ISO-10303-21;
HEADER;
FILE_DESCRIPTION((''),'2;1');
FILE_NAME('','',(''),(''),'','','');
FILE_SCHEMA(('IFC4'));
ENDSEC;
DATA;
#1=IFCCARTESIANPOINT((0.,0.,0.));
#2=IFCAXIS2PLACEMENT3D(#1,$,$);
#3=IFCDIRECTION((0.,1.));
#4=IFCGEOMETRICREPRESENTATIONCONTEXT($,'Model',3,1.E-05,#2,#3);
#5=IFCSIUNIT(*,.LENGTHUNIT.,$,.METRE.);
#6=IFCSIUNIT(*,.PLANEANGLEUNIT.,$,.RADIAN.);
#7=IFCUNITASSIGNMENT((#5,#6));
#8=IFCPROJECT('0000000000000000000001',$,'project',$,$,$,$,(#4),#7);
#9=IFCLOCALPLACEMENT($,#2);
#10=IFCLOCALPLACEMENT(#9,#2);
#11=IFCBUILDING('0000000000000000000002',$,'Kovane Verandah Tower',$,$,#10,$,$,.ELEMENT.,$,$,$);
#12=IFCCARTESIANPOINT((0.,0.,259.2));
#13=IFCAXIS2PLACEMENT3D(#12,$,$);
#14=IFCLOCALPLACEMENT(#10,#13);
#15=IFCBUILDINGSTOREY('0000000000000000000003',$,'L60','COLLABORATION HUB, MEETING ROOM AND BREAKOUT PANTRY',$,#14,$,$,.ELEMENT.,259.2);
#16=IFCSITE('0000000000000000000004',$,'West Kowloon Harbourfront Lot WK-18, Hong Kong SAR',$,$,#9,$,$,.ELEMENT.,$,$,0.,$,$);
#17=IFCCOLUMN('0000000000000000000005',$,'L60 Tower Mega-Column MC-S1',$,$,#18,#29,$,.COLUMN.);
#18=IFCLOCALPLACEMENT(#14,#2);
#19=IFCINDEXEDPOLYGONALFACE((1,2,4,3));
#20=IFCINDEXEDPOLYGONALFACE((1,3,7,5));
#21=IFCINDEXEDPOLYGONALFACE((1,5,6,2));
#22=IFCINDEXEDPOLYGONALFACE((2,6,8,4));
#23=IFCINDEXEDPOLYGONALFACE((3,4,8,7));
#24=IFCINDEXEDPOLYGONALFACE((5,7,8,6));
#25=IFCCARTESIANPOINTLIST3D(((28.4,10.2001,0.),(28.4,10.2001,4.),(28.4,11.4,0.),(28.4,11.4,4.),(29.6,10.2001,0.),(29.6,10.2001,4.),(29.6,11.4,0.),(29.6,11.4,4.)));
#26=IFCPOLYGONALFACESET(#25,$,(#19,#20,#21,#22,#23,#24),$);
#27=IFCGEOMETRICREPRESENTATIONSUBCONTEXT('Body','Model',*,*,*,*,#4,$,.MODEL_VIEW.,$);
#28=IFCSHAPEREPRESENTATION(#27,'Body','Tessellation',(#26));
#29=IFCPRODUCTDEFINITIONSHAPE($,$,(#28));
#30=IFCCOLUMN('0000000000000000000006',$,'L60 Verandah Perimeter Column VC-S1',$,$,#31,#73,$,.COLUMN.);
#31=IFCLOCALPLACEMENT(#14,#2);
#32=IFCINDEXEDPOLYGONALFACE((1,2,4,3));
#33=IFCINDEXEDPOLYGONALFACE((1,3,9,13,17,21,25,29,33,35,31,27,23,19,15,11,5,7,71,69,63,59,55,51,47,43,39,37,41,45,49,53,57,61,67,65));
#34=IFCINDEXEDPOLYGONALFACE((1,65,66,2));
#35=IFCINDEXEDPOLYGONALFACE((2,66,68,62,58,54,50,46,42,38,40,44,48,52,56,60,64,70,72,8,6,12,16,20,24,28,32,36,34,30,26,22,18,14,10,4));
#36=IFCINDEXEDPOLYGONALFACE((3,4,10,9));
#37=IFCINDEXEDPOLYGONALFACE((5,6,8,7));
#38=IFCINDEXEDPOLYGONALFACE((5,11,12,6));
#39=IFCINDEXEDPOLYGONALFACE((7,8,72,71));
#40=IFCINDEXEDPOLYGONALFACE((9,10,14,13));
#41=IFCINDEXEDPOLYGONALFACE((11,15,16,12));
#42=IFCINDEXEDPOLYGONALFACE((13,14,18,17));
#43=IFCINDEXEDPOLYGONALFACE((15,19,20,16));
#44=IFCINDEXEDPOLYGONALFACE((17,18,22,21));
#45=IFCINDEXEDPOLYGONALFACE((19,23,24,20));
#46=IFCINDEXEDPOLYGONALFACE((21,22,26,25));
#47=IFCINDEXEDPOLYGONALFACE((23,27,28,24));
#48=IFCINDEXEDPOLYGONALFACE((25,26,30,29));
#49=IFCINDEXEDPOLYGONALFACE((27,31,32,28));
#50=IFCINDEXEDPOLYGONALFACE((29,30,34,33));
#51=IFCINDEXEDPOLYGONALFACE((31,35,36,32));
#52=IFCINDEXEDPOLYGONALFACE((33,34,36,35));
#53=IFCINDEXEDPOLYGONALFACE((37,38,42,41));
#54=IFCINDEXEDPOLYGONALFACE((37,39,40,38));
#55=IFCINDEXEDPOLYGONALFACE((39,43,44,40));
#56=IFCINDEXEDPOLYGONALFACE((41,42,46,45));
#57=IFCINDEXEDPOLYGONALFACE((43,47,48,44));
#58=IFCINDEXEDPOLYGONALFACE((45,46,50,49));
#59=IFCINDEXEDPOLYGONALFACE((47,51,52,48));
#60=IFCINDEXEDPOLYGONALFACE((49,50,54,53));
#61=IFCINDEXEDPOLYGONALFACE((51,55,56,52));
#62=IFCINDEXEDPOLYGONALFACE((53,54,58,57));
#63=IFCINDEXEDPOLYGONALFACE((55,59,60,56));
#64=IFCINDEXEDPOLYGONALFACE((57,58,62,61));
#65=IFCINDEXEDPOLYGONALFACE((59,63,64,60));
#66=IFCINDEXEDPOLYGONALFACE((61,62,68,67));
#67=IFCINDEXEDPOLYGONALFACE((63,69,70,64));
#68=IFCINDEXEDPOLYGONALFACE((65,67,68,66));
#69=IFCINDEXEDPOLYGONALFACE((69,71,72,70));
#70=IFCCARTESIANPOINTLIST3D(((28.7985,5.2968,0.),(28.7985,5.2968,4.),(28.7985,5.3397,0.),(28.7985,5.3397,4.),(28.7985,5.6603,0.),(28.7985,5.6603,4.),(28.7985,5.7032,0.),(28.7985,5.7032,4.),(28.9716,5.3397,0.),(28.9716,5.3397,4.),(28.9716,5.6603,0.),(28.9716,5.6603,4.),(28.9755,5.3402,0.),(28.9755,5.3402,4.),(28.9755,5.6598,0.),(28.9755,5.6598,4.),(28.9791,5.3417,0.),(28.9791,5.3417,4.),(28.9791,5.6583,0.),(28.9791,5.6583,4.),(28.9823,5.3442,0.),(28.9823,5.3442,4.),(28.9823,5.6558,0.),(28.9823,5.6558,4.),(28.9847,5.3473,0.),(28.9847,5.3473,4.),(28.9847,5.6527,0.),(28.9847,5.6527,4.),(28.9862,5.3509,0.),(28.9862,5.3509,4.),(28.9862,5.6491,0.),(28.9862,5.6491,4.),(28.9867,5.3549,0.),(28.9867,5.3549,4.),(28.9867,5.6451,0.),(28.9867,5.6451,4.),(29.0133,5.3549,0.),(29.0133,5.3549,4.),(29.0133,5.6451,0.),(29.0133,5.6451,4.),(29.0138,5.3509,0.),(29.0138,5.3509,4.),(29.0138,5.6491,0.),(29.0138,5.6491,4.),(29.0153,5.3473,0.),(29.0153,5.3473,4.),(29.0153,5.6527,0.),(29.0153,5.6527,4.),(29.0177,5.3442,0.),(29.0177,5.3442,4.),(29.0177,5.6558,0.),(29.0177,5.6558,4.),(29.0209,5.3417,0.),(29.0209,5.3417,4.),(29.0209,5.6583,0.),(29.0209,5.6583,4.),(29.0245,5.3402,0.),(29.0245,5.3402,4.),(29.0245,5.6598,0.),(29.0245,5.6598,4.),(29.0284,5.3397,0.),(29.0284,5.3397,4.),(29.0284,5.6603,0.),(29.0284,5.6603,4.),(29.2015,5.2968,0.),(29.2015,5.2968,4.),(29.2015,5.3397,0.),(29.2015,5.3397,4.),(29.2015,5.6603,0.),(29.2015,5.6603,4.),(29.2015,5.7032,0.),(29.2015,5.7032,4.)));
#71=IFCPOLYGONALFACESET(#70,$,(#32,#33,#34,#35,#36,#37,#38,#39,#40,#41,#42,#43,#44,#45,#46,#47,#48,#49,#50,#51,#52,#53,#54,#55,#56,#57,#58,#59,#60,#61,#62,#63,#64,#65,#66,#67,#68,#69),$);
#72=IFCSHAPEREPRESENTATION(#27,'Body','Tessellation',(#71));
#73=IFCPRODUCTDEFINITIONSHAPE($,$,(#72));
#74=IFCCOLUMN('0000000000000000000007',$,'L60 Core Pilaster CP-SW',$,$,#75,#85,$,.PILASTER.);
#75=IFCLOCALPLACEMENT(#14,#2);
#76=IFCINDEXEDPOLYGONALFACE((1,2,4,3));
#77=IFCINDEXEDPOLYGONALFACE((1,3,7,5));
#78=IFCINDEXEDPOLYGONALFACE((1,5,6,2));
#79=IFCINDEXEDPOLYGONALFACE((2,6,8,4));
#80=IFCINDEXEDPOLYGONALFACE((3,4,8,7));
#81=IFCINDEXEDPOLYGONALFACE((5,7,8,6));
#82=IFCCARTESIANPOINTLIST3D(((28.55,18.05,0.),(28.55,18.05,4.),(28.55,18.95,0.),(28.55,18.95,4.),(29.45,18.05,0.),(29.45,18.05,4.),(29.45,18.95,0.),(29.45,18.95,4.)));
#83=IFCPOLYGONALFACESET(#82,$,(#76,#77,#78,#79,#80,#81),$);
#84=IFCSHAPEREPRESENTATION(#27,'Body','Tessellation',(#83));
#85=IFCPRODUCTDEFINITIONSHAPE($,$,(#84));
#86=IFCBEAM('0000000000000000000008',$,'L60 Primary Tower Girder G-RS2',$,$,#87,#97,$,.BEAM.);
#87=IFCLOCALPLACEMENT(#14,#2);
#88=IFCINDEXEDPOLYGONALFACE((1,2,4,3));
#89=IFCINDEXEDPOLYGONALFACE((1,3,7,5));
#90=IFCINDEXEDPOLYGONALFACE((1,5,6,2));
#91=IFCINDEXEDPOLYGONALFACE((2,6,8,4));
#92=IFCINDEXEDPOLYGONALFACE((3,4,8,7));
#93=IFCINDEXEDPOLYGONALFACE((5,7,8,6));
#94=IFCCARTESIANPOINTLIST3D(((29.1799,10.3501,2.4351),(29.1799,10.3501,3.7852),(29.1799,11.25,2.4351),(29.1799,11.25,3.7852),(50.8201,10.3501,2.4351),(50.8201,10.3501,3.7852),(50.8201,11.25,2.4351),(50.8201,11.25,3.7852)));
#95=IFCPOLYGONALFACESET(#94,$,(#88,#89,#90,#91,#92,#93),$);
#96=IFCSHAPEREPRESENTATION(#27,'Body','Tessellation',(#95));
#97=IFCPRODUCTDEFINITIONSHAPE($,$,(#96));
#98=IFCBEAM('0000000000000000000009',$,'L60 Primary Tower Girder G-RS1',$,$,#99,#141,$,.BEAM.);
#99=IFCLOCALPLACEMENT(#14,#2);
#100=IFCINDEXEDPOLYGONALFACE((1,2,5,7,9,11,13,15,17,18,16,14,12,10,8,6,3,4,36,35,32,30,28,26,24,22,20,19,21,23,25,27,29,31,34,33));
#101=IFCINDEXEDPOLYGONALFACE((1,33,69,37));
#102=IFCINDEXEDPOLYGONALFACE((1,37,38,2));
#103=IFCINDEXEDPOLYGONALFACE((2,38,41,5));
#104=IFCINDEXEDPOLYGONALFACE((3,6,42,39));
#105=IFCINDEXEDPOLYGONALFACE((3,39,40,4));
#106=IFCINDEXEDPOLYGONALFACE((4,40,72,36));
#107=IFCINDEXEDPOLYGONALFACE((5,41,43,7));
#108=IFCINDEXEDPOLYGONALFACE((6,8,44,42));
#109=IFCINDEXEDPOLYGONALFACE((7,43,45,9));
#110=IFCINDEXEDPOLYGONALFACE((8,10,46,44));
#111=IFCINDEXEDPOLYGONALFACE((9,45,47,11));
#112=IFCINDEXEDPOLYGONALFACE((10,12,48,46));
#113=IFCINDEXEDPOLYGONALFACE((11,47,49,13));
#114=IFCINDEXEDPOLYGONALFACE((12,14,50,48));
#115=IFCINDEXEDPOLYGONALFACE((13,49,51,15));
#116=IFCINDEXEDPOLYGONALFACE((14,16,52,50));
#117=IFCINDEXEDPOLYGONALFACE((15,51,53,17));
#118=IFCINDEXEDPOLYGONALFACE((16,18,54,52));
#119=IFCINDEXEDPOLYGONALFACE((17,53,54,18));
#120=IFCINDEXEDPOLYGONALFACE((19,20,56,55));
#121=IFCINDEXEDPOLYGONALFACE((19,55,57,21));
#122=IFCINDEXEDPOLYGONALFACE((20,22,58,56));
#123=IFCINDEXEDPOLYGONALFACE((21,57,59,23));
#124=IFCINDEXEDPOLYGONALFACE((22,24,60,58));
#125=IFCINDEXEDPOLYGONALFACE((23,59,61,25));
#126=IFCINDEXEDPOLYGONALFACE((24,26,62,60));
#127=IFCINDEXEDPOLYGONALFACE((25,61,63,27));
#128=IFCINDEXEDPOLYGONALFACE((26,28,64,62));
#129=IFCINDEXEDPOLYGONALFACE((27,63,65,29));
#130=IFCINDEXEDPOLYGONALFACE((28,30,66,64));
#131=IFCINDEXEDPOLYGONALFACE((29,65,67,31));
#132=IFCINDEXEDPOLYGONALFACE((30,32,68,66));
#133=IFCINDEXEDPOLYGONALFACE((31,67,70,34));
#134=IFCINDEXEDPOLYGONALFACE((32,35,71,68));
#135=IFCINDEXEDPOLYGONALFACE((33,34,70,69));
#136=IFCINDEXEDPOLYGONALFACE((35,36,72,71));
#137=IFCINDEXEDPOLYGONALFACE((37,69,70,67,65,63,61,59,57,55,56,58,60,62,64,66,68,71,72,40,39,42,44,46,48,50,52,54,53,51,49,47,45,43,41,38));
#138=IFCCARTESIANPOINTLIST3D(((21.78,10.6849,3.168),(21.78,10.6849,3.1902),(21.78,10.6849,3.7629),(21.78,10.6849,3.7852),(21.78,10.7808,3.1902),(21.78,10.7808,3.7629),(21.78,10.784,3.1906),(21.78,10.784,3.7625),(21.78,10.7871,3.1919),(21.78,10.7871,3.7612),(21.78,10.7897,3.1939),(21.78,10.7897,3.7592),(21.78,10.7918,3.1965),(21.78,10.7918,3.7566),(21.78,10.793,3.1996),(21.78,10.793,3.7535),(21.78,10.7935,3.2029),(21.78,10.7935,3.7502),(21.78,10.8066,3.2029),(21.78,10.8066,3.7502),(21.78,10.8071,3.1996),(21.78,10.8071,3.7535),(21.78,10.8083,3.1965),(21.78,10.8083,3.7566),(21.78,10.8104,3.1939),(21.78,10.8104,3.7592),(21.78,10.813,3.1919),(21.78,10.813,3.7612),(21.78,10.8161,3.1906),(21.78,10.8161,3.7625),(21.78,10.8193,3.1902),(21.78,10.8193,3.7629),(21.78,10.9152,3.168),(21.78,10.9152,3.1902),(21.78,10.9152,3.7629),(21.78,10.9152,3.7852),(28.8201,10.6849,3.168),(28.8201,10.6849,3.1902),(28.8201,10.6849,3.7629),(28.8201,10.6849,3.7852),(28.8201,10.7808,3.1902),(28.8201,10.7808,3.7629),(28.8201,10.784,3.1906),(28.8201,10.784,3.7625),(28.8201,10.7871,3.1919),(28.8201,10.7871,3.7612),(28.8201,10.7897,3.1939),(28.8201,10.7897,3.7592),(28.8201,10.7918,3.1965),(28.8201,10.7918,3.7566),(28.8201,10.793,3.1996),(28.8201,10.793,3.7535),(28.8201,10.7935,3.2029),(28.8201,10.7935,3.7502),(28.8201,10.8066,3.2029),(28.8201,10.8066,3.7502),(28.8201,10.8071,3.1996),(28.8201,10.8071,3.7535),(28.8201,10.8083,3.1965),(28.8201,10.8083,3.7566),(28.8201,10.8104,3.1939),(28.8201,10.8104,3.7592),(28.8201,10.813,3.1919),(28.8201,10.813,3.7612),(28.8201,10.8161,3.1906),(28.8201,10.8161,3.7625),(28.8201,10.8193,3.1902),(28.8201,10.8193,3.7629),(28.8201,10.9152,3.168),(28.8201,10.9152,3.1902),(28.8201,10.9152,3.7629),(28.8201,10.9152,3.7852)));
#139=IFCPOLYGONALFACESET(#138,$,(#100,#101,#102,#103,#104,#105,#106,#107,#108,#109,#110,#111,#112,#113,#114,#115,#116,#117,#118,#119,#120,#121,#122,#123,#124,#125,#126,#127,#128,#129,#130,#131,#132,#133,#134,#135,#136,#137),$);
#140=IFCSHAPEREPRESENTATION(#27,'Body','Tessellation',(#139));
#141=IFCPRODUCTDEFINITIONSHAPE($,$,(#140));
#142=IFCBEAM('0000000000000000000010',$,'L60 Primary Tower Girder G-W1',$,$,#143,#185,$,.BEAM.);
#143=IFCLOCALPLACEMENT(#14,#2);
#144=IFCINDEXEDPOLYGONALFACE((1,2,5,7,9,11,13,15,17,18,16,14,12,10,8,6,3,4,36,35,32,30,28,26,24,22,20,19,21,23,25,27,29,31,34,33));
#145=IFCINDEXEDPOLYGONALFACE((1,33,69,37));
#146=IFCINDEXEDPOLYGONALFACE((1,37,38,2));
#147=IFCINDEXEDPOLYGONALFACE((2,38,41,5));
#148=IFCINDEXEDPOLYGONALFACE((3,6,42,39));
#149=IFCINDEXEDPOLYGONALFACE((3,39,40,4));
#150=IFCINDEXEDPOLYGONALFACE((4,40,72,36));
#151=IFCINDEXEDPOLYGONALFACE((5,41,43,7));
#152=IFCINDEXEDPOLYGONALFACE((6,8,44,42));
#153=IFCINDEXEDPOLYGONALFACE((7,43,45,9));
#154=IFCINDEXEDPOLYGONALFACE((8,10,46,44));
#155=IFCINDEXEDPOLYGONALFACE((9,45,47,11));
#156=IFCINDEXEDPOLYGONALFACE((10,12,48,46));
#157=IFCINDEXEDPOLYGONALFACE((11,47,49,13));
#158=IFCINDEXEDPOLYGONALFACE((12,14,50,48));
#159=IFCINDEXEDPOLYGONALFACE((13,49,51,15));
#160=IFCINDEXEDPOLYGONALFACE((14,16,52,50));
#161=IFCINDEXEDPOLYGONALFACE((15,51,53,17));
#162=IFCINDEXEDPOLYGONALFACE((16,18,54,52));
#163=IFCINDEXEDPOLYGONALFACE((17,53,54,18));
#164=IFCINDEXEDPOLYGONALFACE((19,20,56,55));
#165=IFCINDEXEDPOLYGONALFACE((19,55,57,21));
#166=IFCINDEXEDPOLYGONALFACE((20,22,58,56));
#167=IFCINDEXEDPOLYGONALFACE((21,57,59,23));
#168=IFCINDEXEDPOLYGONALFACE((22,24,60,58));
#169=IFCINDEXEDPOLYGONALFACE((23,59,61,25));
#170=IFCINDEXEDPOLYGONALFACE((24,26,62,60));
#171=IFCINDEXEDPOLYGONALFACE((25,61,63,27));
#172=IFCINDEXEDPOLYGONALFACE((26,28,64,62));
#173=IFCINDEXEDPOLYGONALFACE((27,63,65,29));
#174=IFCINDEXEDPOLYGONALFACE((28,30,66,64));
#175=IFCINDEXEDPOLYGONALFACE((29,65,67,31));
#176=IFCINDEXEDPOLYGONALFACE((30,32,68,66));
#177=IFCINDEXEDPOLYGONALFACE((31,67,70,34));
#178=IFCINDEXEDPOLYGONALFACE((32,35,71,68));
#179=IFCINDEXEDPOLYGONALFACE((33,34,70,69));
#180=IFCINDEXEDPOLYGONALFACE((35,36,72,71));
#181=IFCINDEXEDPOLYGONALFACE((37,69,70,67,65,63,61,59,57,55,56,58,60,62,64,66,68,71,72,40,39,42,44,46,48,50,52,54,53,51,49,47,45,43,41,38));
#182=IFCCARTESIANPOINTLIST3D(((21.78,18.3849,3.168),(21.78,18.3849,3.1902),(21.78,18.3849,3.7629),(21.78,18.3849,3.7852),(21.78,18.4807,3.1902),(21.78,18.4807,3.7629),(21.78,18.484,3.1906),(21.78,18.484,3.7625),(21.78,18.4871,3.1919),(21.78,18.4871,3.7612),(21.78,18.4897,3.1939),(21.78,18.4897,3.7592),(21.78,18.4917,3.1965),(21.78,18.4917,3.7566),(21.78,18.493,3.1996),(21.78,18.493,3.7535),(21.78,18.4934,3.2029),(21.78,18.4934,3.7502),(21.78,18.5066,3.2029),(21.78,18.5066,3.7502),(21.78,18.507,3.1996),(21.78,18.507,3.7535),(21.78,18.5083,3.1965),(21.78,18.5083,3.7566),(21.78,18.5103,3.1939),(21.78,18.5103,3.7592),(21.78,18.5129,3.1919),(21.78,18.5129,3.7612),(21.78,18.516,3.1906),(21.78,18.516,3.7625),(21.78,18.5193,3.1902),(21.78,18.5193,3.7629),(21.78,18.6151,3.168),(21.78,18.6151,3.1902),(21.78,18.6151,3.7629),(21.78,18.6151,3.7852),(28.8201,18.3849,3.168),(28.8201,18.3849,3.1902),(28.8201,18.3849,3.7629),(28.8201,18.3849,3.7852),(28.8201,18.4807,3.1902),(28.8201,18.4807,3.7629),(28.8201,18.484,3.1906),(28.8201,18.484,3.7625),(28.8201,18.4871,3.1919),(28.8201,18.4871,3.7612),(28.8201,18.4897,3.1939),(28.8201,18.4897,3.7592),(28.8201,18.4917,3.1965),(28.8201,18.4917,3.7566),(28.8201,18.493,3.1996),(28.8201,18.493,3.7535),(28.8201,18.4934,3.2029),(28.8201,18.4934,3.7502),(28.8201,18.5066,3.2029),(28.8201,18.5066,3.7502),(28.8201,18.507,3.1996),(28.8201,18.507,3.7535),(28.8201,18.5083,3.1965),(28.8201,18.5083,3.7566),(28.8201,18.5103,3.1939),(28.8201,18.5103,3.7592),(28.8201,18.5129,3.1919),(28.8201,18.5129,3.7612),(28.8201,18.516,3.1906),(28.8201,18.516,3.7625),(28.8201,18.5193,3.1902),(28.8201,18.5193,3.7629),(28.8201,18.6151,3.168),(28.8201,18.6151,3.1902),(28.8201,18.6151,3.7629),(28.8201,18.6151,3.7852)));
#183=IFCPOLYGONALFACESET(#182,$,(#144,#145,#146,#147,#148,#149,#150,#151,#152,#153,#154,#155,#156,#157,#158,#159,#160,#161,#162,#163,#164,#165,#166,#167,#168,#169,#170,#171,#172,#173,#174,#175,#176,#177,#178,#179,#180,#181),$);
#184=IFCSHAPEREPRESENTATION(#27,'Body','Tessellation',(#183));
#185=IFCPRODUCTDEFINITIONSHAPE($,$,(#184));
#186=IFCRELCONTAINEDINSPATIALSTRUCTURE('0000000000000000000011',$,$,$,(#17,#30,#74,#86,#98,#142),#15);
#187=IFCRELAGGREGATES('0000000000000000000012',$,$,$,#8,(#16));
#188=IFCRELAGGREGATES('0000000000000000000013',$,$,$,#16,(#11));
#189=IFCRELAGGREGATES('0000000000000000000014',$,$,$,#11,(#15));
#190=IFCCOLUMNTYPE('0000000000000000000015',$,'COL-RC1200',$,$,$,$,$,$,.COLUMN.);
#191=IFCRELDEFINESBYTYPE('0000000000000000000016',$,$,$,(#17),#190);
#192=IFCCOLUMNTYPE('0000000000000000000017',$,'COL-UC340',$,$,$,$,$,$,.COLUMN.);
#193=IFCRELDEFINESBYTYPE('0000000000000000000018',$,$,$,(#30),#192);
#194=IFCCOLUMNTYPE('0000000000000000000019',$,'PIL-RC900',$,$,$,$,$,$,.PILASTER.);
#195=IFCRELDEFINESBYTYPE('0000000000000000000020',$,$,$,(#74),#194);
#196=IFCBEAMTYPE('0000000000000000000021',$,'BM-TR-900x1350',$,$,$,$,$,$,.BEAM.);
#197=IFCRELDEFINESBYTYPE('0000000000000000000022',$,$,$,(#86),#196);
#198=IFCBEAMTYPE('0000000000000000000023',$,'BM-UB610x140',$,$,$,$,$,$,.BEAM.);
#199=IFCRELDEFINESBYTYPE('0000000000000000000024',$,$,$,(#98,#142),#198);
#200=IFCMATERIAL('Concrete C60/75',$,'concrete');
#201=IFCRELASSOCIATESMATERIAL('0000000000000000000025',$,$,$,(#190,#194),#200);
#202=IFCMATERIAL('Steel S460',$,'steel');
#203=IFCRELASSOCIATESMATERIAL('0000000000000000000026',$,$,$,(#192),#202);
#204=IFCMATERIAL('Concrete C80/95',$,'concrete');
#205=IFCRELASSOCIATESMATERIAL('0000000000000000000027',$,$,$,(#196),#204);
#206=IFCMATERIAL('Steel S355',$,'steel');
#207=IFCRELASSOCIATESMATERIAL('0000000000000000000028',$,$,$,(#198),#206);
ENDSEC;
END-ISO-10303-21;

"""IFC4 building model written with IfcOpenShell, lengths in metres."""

from ifc_helpers import new_model, si_unit, direction, frame, origin, origin_2d, place, context, subcontext, project, spatial, rectangle, i_section, extrude, material, material_profile, profile_set, type_object, element, save


model = new_model("IFC4")

# Units and contexts
model_context = context("Model", 3, precision=1e-05, world=origin(), true_north=direction((0.0, 1.0)))
body_context = subcontext(model_context, "Body", "Model", "MODEL_VIEW")
ifc_project = project(units=[si_unit("LENGTHUNIT", "METRE"), si_unit("PLANEANGLEUNIT", "RADIAN")], contexts=[model_context])

# Site, building, storey
site_placement = place(None, origin())
site = spatial("IfcSite", under=ifc_project, at=site_placement, Name="West Kowloon Harbourfront Lot WK-18, Hong Kong SAR", CompositionType="ELEMENT", RefElevation=0.0)
building_placement = place(site_placement, origin())
building = spatial("IfcBuilding", under=site, at=building_placement, Name="Kovane Verandah Tower", CompositionType="ELEMENT")
storey_placement = place(building_placement, frame((0.0, 0.0, 259.2)))
storey = spatial("IfcBuildingStorey", under=building, at=storey_placement, Name="L60", Description="COLLABORATION HUB, MEETING ROOM AND BREAKOUT PANTRY", CompositionType="ELEMENT", Elevation=259.2)

# Columns
ifc_material_1 = material(Name="Concrete C60/75", Category="concrete")
ifc_material_profile_1 = material_profile(ifc_material_1, rectangle(XDim=1.2, YDim=1.2, at=origin_2d()), Name="RC1200x1200")
ifc_profile_set_1 = profile_set([ifc_material_profile_1], Name="Concrete C60/75")
column_type_1 = type_object("IfcColumnType", Name="COL-RC1200", PredefinedType="COLUMN", material=ifc_profile_set_1)
column_1_placement = place(storey_placement, frame((29.0, 10.8, 0.0), z_axis=(0.0, 0.0, 1.0), x_axis=(1.0, 0.0, 0.0)))
element("IfcColumn", 1, at=column_1_placement, inside=storey, type_object=column_type_1, Name="L60 Tower Mega-Column MC-S1", PredefinedType="COLUMN", context=body_context, shape_type="SweptSolid", body=[
    extrude(rectangle(XDim=1.2, YDim=1.2, at=origin_2d()), origin(), (0.0, 0.0, 1.0), 4.0),
])
ifc_material_2 = material(Name="Steel S460", Category="steel")
ifc_material_profile_2 = material_profile(ifc_material_2, i_section(OverallWidth=0.4031, OverallDepth=0.4065, WebThickness=0.0266, FlangeThickness=0.043, FilletRadius=0.0151, at=origin_2d()), Name="UC356x406x340")
ifc_profile_set_2 = profile_set([ifc_material_profile_2], Name="Steel S460")
column_type_2 = type_object("IfcColumnType", Name="COL-UC340", PredefinedType="COLUMN", material=ifc_profile_set_2)
column_2_placement = place(storey_placement, frame((29.0, 5.5, 0.0), z_axis=(0.0, 0.0, 1.0), x_axis=(1.0, 0.0, 0.0)))
element("IfcColumn", 2, at=column_2_placement, inside=storey, type_object=column_type_2, Name="L60 Verandah Perimeter Column VC-S1", PredefinedType="COLUMN", context=body_context, shape_type="SweptSolid", body=[
    extrude(i_section(OverallWidth=0.4031, OverallDepth=0.4065, WebThickness=0.0266, FlangeThickness=0.043, FilletRadius=0.0151, at=origin_2d()), origin(), (0.0, 0.0, 1.0), 4.0),
])
ifc_material_profile_3 = material_profile(ifc_material_1, rectangle(XDim=0.8999, YDim=0.8999, at=origin_2d()), Name="RC900x900")
ifc_profile_set_3 = profile_set([ifc_material_profile_3], Name="Concrete C60/75")
column_type_3 = type_object("IfcColumnType", Name="PIL-RC900", PredefinedType="PILASTER", material=ifc_profile_set_3)
column_3_placement = place(storey_placement, frame((29.0, 18.5, 0.0), z_axis=(0.0, 0.0, 1.0), x_axis=(1.0, 0.0, 0.0)))
element("IfcColumn", 3, at=column_3_placement, inside=storey, type_object=column_type_3, Name="L60 Core Pilaster CP-SW", PredefinedType="PILASTER", context=body_context, shape_type="SweptSolid", body=[
    extrude(rectangle(XDim=0.8999, YDim=0.8999, at=origin_2d()), origin(), (0.0, 0.0, 1.0), 4.0),
])

# Beams
ifc_material_3 = material(Name="Concrete C80/95", Category="concrete")
ifc_material_profile_4 = material_profile(ifc_material_3, rectangle(XDim=0.8999, YDim=1.3501, at=origin_2d()), Name="RCB900x1350")
ifc_profile_set_4 = profile_set([ifc_material_profile_4], Name="Concrete C80/95")
beam_type_1 = type_object("IfcBeamType", Name="BM-TR-900x1350", PredefinedType="BEAM", material=ifc_profile_set_4)
beam_1_placement = place(storey_placement, frame((29.1799, 10.8, 3.1101), z_axis=(1.0, 0.0, 0.0), x_axis=(0.0, 1.0, 0.0)))
element("IfcBeam", 4, at=beam_1_placement, inside=storey, type_object=beam_type_1, Name="L60 Primary Tower Girder G-RS2", PredefinedType="BEAM", context=body_context, shape_type="SweptSolid", body=[
    extrude(rectangle(XDim=0.8999, YDim=1.3501, at=origin_2d()), origin(), (0.0, 0.0, 1.0), 21.6401),
])
ifc_material_4 = material(Name="Steel S355", Category="steel")
ifc_material_profile_5 = material_profile(ifc_material_4, i_section(OverallWidth=0.2302, OverallDepth=0.6172, WebThickness=0.0132, FlangeThickness=0.0222, FilletRadius=0.0127, at=origin_2d()), Name="UB610x229x140")
ifc_profile_set_5 = profile_set([ifc_material_profile_5], Name="Steel S355")
beam_type_2 = type_object("IfcBeamType", Name="BM-UB610x140", PredefinedType="BEAM", material=ifc_profile_set_5)
for number, where, z_axis, x_axis, name in (
    (5, (21.78, 10.8, 3.4766), (1.0, 0.0, 0.0), (0.0, 1.0, 0.0), "L60 Primary Tower Girder G-RS1"),
    (6, (28.8201, 18.5, 3.4766), (-1.0, 0.0, 0.0), (0.0, -1.0, 0.0), "L60 Primary Tower Girder G-W1"),
):
    element("IfcBeam", number, at=place(storey_placement, frame(where, z_axis=z_axis, x_axis=x_axis)), inside=storey, type_object=beam_type_2, Name=name, PredefinedType="BEAM", context=body_context, shape_type="SweptSolid", body=[
        extrude(i_section(OverallWidth=0.2302, OverallDepth=0.6172, WebThickness=0.0132, FlangeThickness=0.0222, FilletRadius=0.0127, at=origin_2d()), origin(), (0.0, 0.0, 1.0), 7.04),
    ])

save(model, "model.ifc")
